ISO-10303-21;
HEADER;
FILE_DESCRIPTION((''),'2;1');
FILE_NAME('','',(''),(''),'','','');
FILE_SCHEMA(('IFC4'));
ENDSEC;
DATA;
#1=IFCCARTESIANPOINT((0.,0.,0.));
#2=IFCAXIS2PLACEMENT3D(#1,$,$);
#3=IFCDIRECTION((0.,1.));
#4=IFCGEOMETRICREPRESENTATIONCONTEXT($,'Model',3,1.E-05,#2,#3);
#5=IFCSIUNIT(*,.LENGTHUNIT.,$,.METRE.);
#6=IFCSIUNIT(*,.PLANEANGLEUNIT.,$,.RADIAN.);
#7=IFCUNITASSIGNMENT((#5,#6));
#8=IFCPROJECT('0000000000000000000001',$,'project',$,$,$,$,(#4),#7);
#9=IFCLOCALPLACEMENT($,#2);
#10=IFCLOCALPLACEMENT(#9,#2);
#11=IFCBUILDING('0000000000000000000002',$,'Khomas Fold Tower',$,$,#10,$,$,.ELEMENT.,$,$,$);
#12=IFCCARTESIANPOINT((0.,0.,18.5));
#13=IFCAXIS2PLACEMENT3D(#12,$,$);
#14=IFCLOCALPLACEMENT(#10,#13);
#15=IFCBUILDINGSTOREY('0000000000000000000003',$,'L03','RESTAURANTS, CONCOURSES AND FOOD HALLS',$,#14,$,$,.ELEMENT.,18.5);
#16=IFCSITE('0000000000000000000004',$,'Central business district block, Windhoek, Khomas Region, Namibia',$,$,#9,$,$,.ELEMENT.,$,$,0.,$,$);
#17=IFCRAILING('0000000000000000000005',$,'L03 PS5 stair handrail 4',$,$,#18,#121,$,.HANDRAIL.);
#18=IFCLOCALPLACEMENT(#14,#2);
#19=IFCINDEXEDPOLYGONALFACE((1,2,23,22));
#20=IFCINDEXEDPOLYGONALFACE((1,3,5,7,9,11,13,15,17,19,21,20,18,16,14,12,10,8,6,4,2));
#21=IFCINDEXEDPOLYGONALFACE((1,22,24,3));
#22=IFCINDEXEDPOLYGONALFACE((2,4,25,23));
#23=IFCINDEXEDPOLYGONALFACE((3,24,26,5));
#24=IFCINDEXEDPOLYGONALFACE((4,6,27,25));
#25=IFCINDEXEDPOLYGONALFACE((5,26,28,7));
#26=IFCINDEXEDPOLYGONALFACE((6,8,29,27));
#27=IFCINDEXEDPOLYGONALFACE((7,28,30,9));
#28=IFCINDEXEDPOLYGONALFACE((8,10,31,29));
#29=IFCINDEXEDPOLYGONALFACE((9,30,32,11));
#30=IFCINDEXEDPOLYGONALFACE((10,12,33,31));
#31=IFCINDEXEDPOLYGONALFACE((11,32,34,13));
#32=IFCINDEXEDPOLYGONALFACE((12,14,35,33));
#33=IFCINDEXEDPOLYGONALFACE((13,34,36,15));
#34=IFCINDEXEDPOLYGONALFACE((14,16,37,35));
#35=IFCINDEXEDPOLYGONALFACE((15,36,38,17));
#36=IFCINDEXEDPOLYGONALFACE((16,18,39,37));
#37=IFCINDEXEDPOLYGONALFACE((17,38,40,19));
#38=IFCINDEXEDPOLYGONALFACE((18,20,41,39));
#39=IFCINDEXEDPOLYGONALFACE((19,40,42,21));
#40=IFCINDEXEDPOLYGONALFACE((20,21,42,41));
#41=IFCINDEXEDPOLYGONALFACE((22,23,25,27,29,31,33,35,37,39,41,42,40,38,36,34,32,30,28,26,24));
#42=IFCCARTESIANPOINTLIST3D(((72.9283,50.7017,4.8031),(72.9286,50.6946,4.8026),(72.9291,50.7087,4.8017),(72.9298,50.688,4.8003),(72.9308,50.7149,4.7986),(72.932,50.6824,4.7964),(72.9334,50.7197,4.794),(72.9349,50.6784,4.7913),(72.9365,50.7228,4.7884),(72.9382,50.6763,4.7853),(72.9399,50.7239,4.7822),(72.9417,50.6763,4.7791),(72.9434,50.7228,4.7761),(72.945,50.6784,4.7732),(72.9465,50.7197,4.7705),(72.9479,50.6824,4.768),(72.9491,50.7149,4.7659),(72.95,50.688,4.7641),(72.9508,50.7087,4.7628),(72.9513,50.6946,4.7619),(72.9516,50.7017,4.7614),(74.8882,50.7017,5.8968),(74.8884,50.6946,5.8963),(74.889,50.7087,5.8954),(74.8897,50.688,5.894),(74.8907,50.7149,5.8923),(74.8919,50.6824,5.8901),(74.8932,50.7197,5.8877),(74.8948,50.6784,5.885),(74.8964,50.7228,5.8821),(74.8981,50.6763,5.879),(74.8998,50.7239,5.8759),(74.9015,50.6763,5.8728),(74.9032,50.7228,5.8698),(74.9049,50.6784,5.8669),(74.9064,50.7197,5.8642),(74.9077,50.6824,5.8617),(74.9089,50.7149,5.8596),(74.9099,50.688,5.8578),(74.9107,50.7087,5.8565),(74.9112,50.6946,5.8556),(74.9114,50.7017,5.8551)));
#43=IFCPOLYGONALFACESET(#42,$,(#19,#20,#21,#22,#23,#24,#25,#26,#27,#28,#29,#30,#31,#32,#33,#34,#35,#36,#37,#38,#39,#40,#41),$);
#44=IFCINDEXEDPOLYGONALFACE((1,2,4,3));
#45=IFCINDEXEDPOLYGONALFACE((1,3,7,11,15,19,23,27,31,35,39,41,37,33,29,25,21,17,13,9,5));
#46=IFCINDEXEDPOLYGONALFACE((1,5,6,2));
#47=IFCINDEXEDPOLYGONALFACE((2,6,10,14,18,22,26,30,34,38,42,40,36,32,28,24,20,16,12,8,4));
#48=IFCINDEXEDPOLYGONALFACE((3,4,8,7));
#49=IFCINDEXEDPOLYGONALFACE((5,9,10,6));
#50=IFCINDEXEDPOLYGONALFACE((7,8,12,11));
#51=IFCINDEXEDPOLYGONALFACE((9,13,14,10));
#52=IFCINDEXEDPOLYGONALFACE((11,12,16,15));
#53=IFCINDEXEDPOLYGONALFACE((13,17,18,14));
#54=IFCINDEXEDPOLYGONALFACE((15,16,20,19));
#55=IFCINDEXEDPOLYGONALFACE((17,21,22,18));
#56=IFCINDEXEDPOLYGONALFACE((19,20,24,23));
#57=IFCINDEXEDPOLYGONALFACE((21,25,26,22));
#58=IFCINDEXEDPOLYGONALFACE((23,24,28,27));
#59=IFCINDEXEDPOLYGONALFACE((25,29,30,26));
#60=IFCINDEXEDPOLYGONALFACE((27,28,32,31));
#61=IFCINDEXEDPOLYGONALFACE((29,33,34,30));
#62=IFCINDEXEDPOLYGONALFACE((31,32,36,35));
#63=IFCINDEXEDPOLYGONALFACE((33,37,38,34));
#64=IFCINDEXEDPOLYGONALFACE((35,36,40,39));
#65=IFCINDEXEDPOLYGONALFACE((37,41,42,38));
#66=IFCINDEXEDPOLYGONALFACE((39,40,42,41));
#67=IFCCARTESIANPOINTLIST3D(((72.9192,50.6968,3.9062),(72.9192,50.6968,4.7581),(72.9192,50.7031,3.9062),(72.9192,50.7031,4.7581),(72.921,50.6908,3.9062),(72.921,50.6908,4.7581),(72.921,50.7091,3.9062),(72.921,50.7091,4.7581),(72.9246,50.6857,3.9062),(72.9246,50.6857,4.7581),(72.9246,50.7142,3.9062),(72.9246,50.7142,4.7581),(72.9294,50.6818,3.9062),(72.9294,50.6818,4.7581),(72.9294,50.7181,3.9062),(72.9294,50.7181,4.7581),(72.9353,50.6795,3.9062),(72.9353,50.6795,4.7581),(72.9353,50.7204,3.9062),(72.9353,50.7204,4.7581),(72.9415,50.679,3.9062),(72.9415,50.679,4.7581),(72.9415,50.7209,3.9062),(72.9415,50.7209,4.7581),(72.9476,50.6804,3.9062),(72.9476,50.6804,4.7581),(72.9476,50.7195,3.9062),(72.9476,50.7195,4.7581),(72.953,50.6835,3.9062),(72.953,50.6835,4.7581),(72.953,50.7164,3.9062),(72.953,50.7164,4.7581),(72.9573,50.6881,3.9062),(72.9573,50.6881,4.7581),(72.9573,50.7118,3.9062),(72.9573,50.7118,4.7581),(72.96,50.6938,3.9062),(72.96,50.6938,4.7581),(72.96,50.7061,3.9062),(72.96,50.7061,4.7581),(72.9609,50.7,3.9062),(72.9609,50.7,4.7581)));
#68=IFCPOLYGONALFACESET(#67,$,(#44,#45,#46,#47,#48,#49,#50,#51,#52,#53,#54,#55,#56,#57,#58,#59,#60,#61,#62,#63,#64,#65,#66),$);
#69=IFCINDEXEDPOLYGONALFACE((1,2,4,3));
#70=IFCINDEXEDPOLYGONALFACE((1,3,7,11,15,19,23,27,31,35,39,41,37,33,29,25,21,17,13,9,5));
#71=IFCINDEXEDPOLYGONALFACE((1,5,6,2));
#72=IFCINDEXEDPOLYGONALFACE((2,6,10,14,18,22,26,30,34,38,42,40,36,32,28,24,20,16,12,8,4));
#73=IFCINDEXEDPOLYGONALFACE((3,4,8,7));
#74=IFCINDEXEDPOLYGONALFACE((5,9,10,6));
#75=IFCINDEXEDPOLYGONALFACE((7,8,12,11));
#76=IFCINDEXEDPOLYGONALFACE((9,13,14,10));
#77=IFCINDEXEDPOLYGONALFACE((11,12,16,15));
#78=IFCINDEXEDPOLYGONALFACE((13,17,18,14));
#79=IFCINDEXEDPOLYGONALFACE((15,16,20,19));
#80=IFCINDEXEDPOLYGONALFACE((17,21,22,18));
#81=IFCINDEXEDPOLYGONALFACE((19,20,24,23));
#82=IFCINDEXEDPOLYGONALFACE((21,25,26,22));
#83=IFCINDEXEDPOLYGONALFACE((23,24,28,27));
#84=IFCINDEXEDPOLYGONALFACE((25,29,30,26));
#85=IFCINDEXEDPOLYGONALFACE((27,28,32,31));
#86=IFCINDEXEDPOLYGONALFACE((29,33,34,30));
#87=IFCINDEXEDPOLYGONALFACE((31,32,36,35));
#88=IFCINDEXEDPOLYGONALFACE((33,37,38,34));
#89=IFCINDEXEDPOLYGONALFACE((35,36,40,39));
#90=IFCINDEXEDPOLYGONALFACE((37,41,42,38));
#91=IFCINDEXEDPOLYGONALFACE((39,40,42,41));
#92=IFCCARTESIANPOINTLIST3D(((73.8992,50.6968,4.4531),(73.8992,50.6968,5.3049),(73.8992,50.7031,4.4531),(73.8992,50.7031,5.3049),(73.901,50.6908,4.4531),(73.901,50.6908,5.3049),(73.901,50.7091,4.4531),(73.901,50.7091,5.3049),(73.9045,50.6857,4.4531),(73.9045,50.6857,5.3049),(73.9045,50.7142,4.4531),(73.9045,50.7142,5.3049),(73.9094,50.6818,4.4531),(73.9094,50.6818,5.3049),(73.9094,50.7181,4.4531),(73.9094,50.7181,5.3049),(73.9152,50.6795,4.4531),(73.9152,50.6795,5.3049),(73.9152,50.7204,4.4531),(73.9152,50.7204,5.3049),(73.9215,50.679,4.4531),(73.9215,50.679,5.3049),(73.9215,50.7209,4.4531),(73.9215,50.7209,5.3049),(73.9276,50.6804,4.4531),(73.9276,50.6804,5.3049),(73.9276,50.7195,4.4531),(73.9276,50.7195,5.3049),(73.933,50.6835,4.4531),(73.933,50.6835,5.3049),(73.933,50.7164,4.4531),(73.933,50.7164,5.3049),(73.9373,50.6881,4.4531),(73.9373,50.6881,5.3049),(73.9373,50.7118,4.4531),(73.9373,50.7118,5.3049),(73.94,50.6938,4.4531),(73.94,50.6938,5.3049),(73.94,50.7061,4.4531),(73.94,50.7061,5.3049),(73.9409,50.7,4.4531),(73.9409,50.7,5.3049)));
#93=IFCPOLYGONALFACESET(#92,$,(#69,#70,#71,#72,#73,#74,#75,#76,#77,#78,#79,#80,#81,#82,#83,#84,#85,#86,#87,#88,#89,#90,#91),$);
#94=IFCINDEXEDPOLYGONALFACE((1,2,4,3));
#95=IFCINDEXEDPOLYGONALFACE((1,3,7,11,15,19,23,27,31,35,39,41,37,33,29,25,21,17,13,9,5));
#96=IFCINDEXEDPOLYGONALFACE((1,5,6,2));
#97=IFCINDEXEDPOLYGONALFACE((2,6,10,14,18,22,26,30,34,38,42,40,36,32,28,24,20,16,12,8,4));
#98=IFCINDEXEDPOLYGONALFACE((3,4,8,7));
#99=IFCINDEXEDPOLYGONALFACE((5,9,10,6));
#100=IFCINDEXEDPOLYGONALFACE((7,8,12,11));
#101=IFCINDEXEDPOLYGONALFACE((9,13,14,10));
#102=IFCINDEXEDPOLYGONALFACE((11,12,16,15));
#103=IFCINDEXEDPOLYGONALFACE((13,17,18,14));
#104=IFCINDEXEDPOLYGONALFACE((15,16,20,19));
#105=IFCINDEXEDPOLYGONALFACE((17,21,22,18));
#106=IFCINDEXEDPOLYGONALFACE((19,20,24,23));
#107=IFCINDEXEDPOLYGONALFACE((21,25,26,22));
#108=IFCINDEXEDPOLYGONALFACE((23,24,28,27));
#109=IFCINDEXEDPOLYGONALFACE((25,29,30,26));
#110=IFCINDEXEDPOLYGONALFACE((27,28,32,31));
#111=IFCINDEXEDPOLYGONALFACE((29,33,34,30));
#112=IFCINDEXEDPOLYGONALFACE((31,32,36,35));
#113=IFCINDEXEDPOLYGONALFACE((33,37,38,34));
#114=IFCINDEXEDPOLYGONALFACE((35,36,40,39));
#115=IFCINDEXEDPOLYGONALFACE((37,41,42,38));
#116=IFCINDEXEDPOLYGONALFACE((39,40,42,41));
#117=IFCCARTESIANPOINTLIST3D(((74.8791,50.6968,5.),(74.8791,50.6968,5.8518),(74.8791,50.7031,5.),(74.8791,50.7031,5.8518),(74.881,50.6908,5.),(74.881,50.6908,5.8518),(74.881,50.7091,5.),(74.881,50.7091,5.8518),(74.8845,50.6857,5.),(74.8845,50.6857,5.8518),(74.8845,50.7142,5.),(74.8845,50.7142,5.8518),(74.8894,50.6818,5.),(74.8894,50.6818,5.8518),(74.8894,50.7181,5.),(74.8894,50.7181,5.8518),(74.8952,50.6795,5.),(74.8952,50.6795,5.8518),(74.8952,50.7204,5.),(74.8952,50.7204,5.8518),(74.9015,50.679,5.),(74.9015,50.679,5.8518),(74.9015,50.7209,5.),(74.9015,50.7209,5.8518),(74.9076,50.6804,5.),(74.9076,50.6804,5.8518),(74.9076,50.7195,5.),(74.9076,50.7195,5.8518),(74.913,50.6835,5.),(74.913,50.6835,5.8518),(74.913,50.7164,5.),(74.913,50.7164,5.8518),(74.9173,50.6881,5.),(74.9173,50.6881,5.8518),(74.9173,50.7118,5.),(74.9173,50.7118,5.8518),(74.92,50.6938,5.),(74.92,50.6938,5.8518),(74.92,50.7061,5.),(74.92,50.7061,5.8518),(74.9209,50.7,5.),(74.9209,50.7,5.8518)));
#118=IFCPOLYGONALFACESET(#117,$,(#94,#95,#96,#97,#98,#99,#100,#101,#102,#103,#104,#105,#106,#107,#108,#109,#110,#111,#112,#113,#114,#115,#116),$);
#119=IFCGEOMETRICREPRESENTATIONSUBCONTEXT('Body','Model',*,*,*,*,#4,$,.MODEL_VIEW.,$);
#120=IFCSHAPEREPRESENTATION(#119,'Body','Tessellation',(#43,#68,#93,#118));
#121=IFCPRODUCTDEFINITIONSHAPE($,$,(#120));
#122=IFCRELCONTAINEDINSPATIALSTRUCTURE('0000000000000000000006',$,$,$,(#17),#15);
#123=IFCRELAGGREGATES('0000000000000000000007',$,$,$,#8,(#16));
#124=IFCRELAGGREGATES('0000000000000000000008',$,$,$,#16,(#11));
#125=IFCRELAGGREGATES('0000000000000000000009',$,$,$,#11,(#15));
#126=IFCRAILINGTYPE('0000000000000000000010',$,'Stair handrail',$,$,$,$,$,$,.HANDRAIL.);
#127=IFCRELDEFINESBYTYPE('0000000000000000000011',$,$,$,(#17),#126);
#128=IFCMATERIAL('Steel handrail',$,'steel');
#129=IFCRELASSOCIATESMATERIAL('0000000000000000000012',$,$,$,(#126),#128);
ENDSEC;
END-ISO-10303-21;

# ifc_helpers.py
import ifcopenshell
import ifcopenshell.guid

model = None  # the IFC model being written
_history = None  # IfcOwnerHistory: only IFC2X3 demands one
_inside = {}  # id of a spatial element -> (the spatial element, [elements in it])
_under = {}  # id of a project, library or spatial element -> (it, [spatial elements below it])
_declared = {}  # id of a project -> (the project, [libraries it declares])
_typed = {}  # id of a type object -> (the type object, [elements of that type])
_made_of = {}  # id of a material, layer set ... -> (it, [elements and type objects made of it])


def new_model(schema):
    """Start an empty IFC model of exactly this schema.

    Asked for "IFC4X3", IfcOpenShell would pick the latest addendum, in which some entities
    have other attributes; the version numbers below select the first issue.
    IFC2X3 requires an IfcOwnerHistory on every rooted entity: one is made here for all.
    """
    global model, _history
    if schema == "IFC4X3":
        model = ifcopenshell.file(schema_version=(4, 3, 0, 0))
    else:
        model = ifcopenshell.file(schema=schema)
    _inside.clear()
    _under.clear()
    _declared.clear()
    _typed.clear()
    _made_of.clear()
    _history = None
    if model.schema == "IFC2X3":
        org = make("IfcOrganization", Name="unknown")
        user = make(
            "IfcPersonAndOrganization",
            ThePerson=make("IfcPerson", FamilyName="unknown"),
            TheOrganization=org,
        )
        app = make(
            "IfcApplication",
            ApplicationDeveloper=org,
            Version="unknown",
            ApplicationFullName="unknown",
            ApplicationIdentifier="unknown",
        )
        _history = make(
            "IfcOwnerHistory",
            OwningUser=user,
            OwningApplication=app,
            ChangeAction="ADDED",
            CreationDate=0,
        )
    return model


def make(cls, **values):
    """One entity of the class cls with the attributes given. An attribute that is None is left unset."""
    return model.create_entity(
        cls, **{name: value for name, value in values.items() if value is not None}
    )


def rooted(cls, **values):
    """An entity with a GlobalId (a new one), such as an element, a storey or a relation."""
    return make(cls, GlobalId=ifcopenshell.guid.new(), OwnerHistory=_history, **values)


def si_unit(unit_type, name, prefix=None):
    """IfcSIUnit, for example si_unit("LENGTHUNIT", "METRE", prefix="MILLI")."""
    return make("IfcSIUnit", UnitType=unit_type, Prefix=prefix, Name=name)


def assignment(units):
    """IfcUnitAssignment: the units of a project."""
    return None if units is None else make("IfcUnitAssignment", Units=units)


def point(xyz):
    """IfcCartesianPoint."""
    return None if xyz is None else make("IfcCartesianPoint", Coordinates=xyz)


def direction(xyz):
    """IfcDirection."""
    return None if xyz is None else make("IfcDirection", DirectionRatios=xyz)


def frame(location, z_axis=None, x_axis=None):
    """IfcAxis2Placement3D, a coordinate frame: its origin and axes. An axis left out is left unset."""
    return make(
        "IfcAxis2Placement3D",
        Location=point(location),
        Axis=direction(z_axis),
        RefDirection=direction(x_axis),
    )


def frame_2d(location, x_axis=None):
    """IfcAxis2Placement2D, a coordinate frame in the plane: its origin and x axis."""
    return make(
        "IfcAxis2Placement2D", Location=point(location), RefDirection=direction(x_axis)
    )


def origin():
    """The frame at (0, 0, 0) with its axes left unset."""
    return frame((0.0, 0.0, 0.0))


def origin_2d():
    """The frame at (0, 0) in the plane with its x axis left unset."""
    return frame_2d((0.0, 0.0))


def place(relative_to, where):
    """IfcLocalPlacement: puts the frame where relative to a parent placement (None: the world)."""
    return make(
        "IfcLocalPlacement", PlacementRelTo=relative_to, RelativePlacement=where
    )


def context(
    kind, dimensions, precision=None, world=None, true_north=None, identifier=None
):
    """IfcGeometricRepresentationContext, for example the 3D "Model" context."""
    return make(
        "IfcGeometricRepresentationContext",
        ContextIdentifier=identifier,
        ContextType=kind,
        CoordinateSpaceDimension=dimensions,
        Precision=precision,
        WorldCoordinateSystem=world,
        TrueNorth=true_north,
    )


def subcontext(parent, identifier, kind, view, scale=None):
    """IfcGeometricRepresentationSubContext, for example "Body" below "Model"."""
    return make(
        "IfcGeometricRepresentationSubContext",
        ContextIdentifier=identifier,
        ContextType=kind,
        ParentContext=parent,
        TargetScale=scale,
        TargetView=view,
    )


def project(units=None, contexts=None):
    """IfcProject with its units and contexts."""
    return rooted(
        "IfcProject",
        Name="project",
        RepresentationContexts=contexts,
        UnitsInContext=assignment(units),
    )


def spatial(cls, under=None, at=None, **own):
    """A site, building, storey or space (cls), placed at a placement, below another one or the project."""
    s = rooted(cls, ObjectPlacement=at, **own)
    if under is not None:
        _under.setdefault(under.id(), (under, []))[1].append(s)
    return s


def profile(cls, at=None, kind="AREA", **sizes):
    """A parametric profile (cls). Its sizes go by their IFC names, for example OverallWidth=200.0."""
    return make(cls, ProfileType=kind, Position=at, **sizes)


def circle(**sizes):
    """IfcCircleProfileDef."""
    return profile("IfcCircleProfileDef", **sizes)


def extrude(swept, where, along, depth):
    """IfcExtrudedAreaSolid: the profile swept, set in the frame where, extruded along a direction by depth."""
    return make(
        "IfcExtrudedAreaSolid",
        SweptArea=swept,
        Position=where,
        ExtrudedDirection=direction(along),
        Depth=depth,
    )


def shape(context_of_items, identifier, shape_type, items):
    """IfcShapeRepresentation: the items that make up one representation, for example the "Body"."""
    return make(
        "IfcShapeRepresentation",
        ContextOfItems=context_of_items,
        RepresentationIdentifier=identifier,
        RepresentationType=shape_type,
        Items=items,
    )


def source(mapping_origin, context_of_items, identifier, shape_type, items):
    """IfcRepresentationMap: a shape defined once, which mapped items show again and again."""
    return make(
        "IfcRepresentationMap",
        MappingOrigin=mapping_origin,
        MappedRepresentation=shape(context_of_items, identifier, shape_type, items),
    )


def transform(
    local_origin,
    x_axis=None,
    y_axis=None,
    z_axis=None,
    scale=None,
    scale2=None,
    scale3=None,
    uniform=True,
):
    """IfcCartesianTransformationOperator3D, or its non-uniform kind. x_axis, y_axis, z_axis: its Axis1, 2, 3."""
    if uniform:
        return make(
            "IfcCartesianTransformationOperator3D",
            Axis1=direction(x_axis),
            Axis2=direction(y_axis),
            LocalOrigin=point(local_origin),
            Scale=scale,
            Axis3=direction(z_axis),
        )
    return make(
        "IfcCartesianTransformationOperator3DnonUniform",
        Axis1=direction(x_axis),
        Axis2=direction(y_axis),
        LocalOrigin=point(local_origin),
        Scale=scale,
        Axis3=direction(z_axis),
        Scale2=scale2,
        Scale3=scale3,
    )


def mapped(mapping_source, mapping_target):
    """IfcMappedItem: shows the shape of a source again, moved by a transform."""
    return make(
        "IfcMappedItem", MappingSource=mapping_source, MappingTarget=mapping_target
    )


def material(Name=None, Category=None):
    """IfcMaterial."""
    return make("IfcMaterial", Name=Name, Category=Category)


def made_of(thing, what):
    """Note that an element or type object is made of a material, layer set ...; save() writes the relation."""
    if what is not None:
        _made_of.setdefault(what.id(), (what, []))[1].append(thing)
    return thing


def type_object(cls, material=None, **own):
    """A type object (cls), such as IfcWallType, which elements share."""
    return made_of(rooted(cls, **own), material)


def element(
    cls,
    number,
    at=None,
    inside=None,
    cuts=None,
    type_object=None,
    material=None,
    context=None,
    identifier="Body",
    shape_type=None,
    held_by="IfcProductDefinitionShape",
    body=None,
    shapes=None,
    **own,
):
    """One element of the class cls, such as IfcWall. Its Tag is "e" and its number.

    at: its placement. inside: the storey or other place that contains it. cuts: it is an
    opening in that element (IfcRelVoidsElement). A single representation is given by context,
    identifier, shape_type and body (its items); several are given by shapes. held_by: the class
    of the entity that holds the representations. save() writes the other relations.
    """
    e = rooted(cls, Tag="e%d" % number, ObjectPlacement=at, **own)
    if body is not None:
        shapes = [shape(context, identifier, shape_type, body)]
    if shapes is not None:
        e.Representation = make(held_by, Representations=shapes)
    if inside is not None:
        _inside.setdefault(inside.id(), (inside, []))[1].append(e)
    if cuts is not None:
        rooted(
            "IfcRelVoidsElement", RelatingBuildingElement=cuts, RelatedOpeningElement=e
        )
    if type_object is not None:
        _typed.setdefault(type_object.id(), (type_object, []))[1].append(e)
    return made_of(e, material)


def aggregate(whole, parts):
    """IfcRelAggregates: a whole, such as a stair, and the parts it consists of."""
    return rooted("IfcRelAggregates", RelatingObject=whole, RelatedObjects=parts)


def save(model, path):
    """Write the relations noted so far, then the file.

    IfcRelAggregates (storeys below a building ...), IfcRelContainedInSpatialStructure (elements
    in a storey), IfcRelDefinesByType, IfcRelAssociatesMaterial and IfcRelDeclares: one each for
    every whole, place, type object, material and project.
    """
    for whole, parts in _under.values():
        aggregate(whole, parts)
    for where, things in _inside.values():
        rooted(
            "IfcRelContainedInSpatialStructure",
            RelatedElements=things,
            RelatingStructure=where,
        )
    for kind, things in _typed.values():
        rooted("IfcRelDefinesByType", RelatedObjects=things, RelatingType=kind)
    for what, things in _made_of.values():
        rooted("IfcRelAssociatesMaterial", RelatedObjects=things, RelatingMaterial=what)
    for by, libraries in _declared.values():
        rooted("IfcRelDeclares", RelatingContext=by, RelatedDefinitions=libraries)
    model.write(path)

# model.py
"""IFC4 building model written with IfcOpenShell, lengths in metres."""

from ifc_helpers import new_model, si_unit, direction, frame, origin, origin_2d, place, context, subcontext, project, spatial, circle, extrude, source, transform, mapped, material, type_object, element, save


model = new_model("IFC4")

# Units and contexts
model_context = context("Model", 3, precision=1e-05, world=origin(), true_north=direction((0.0, 1.0)))
body_context = subcontext(model_context, "Body", "Model", "MODEL_VIEW")
ifc_project = project(units=[si_unit("LENGTHUNIT", "METRE"), si_unit("PLANEANGLEUNIT", "RADIAN")], contexts=[model_context])

# Site, building, storey
site_placement = place(None, origin())
site = spatial("IfcSite", under=ifc_project, at=site_placement, Name="Central business district block, Windhoek, Khomas Region, Namibia", CompositionType="ELEMENT", RefElevation=0.0)
building_placement = place(site_placement, origin())
building = spatial("IfcBuilding", under=site, at=building_placement, Name="Khomas Fold Tower", CompositionType="ELEMENT")
storey_placement = place(building_placement, frame((0.0, 0.0, 18.5)))
storey = spatial("IfcBuildingStorey", under=building, at=storey_placement, Name="L03", Description="RESTAURANTS, CONCOURSES AND FOOD HALLS", CompositionType="ELEMENT", Elevation=18.5)

# Railing
ifc_material_1 = material(Name="Steel handrail", Category="steel")
railing_type_1 = type_object("IfcRailingType", Name="Stair handrail", PredefinedType="HANDRAIL", material=ifc_material_1)
shared_shape_1 = source(origin(), body_context, "Body", "SweptSolid", [
    extrude(circle(Radius=0.0239, at=origin_2d()), frame((0.0, 0.0, 0.876), z_axis=(0.873232, 0.0, 0.487304), x_axis=(0.0, 1.0, 0.0)), (0.0, 0.0, 1.0), 2.2444),
    extrude(circle(Radius=0.021, at=origin_2d()), origin(), (0.0, 0.0, 1.0), 0.8518),
    extrude(circle(Radius=0.021, at=origin_2d()), frame((0.98, 0.0, 0.5469)), (0.0, 0.0, 1.0), 0.8518),
    extrude(circle(Radius=0.021, at=origin_2d()), frame((1.96, 0.0, 1.0938)), (0.0, 0.0, 1.0), 0.8518),
])
for number, where, name in (
    (1, (72.9399, 50.7, 3.9062), "L03 PS5 stair handrail 4"),
):
    element("IfcRailing", number, at=place(storey_placement, frame(where)), inside=storey, type_object=railing_type_1, Name=name, PredefinedType="HANDRAIL", context=body_context, shape_type="MappedRepresentation", body=[
        mapped(shared_shape_1, transform((0.0, 0.0, 0.0))),
    ])

save(model, "model.ifc")
